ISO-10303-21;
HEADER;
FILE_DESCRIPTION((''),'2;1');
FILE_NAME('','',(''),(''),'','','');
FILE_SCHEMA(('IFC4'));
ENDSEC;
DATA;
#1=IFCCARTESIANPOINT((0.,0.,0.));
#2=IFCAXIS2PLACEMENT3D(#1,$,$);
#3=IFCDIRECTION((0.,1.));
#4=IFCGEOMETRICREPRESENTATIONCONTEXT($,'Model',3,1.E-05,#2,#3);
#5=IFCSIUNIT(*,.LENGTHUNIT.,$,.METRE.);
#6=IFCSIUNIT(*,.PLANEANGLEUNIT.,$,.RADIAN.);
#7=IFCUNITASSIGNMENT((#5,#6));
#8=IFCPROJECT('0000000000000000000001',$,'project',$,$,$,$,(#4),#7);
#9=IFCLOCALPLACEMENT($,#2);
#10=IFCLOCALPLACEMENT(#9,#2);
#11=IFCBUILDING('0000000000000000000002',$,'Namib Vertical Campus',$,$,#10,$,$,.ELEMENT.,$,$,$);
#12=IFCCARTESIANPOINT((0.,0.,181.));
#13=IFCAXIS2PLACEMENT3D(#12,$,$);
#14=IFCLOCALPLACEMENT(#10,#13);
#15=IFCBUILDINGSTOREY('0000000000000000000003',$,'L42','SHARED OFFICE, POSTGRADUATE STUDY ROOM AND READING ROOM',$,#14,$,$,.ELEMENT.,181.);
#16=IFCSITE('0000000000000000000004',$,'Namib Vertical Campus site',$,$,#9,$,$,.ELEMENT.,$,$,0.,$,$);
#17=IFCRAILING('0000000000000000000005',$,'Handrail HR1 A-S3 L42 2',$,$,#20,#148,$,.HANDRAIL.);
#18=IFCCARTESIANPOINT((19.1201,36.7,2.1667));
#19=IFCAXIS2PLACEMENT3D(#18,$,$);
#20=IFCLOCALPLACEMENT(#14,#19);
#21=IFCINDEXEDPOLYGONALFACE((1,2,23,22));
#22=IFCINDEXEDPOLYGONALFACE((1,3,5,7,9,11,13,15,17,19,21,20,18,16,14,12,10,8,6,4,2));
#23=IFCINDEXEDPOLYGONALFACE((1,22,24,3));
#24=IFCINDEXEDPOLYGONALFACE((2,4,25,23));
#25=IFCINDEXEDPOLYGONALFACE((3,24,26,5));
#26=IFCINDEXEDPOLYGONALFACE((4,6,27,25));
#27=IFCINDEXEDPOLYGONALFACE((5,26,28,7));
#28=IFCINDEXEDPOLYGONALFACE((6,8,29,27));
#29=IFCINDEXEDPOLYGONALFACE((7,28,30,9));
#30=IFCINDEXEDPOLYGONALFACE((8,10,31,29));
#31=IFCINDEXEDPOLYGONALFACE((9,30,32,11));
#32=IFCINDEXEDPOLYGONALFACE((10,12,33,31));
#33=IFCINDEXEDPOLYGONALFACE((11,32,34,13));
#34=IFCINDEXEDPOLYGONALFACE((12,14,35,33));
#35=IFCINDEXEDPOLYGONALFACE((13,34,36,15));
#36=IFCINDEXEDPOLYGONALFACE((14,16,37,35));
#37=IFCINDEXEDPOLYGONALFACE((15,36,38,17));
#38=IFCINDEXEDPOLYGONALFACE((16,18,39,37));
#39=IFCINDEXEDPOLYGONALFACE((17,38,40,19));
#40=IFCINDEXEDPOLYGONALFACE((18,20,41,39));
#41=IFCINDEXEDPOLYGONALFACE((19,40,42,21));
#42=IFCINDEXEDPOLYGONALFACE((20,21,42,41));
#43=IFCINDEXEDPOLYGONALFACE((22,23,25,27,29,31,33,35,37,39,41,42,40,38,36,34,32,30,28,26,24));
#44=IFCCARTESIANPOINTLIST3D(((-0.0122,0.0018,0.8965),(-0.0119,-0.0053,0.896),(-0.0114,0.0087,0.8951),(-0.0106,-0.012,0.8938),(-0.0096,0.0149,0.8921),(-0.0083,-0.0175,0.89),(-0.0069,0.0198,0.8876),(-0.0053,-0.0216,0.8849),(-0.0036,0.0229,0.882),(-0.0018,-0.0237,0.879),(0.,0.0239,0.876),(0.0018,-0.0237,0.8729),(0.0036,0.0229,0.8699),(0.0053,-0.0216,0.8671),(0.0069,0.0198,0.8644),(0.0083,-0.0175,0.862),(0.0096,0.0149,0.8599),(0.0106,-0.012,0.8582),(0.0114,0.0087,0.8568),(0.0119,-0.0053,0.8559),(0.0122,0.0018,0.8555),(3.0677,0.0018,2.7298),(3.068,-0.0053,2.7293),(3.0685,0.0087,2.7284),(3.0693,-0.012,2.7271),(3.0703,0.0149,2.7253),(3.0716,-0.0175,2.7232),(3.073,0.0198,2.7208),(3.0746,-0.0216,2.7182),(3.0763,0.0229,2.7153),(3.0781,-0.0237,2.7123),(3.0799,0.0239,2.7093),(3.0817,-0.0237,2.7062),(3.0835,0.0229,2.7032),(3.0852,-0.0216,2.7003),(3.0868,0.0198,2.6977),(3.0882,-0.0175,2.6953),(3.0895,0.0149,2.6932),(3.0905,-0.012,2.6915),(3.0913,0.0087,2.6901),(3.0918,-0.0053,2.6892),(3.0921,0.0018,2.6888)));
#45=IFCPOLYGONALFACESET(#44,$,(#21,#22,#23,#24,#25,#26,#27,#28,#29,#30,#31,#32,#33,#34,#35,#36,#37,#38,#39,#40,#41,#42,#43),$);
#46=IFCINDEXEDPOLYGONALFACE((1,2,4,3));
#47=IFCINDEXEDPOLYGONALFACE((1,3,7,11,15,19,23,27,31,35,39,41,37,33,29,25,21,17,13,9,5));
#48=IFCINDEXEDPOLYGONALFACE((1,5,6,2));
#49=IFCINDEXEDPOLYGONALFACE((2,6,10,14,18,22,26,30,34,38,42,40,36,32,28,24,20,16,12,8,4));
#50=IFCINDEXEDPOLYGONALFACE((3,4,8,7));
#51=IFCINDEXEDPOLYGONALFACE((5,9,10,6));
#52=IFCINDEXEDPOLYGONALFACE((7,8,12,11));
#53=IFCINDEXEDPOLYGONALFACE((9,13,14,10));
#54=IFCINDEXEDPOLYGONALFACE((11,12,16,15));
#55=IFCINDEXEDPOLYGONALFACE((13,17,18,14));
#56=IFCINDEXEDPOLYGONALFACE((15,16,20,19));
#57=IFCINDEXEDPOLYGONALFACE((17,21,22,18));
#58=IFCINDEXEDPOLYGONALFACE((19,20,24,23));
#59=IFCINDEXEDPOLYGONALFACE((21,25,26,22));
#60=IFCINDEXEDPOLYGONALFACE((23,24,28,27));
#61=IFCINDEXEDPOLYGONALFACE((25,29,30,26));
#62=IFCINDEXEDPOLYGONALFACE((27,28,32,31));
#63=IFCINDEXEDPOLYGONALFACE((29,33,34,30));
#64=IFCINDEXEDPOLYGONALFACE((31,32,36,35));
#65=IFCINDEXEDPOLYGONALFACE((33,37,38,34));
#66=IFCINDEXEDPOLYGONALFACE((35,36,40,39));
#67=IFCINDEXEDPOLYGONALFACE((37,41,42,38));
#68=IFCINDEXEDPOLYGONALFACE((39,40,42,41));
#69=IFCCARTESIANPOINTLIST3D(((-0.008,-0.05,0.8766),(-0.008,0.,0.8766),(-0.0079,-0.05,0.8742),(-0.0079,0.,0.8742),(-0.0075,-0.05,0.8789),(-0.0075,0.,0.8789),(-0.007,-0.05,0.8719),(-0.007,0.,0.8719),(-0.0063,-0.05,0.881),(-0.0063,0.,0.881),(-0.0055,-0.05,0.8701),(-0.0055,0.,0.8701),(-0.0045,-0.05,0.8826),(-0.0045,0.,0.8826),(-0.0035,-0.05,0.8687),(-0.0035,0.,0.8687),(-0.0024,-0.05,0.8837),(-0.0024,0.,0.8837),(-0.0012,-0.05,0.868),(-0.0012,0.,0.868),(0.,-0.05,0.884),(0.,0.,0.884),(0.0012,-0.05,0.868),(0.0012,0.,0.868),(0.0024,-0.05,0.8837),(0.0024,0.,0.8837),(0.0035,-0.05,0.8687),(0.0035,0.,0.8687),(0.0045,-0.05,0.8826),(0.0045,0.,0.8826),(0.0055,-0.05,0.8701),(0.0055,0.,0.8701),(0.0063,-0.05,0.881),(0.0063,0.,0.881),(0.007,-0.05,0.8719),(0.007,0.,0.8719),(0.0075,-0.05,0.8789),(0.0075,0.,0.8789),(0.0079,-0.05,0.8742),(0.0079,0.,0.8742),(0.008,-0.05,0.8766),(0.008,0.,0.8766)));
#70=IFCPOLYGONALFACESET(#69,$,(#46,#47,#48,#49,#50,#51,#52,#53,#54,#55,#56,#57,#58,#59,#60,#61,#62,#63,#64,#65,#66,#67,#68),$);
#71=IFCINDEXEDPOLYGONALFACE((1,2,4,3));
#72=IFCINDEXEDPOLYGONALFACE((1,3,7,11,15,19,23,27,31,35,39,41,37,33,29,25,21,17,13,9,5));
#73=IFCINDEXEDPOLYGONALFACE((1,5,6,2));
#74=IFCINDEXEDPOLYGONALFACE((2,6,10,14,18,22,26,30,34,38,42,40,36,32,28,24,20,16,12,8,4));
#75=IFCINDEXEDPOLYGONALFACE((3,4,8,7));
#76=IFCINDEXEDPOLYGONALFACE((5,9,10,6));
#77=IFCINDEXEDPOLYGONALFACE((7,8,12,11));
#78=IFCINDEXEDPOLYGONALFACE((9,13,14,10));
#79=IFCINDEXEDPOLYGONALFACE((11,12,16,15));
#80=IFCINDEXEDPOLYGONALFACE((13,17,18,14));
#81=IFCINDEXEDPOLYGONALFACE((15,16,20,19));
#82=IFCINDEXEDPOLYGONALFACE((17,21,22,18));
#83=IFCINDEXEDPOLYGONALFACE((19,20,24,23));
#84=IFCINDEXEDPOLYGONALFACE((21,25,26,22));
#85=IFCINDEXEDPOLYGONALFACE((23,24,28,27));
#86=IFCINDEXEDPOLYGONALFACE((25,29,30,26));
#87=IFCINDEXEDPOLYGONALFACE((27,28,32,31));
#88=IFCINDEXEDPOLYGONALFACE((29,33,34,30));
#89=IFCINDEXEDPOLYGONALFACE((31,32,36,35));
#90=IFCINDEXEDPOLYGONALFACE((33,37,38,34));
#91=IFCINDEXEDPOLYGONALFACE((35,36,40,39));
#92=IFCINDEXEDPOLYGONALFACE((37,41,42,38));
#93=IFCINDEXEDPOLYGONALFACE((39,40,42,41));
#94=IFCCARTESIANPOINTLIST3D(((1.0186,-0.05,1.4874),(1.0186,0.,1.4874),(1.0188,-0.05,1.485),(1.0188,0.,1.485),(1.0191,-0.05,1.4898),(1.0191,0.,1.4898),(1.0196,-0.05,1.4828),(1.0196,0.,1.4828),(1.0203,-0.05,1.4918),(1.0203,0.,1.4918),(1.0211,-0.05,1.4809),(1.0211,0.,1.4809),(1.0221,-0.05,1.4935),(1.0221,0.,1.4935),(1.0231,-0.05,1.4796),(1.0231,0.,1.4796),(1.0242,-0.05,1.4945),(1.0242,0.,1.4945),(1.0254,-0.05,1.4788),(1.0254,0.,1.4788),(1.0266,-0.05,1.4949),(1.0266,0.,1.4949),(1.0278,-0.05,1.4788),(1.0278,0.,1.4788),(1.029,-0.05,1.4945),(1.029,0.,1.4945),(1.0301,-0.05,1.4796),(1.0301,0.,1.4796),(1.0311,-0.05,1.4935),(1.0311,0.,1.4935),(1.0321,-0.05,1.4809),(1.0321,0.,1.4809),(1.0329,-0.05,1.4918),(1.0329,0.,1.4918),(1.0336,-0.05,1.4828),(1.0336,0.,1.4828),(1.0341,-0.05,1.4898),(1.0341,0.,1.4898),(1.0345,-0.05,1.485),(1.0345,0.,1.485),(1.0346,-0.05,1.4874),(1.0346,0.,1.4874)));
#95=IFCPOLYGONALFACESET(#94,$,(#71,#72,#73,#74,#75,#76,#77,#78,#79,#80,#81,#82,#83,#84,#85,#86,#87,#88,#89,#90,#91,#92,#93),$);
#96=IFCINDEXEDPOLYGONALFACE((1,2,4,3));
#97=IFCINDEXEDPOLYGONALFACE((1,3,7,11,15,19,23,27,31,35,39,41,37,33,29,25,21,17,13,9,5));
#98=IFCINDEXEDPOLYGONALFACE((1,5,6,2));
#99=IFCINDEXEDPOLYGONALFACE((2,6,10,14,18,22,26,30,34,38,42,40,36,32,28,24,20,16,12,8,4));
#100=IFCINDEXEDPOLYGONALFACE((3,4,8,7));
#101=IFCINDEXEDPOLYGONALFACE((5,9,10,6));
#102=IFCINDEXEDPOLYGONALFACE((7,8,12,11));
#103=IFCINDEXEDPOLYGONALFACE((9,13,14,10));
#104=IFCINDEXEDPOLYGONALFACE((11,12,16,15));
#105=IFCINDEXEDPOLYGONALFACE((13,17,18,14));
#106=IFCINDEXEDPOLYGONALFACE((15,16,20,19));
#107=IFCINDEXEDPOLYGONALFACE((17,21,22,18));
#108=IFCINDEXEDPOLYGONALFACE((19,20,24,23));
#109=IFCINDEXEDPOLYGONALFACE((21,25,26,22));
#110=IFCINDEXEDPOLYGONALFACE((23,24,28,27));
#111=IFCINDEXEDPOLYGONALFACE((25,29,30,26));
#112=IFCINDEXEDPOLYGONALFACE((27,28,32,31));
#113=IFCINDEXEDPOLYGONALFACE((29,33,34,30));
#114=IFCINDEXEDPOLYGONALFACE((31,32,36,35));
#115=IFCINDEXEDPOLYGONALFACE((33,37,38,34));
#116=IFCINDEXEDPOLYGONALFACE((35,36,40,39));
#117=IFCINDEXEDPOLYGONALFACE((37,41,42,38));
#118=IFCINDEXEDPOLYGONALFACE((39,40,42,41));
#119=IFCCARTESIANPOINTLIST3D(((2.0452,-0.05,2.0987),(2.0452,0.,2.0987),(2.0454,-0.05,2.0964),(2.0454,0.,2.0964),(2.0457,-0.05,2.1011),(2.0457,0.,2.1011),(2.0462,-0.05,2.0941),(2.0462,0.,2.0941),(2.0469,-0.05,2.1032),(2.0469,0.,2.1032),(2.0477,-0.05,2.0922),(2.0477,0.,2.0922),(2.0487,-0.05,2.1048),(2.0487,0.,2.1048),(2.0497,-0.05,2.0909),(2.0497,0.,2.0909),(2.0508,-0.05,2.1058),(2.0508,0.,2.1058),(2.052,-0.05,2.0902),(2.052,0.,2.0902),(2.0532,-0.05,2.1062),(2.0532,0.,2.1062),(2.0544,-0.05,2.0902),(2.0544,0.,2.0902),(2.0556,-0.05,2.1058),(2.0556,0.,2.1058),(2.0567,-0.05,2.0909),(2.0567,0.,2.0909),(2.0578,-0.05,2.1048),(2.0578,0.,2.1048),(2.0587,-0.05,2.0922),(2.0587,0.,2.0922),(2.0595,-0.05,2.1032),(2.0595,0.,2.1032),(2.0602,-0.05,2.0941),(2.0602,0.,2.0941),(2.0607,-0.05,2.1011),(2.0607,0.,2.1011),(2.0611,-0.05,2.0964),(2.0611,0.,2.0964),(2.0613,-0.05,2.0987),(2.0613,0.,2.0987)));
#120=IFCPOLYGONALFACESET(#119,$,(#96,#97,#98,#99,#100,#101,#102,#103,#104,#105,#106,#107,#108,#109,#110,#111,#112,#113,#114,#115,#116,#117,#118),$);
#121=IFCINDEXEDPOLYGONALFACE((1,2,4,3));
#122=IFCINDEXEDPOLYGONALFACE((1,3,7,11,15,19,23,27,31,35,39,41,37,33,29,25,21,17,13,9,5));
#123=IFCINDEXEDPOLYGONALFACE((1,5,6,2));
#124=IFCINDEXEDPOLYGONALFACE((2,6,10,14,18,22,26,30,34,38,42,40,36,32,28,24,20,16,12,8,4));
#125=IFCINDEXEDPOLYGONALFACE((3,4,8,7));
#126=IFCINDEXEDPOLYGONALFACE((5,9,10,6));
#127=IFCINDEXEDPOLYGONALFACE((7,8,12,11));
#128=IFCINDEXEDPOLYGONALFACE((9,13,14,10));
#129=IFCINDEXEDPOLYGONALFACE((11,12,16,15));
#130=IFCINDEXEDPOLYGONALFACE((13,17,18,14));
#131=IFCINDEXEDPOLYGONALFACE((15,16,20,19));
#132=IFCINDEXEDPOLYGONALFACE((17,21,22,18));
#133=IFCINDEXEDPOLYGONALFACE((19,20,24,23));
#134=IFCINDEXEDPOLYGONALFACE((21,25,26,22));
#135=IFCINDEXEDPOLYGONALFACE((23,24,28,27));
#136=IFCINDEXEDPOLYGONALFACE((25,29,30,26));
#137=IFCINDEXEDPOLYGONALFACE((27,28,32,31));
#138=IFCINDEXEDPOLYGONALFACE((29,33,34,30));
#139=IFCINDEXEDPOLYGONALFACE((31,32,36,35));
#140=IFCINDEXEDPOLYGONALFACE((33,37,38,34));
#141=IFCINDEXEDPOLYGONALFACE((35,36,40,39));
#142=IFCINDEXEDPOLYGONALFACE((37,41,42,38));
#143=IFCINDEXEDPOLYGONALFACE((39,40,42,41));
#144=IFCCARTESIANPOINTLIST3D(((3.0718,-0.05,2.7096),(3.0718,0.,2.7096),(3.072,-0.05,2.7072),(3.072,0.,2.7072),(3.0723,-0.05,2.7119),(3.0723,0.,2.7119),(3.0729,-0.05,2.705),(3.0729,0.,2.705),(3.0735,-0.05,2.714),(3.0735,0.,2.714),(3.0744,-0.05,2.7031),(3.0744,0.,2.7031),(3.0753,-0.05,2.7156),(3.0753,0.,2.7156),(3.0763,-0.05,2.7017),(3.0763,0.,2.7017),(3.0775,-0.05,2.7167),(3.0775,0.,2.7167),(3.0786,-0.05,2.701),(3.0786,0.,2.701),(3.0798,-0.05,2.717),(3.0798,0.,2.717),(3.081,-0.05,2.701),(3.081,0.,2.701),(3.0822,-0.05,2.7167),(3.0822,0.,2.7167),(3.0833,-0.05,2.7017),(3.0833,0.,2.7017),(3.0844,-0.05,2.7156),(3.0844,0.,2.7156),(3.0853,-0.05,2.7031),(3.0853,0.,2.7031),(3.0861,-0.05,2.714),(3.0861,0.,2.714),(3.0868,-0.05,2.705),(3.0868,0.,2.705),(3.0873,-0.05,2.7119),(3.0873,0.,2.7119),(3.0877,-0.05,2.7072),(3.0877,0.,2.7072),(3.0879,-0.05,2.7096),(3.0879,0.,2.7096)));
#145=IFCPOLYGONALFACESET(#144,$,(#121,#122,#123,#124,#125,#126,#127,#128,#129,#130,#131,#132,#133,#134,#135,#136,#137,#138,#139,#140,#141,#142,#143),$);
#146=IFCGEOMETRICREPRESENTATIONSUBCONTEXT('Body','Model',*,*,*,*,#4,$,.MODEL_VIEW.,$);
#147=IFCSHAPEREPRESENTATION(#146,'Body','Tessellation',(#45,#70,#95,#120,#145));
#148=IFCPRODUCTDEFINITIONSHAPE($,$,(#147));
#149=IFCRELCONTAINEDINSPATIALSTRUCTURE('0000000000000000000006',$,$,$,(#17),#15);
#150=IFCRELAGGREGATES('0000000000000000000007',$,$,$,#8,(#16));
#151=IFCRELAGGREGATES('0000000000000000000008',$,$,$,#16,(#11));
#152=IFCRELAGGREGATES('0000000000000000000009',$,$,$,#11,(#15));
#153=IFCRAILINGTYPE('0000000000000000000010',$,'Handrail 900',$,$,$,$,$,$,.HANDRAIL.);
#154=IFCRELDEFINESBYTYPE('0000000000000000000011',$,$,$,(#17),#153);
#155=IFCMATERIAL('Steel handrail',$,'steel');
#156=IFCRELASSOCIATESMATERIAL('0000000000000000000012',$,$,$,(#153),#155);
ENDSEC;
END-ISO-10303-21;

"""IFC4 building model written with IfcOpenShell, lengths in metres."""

from ifc_helpers import new_model, si_unit, direction, frame, origin, origin_2d, place, context, subcontext, project, spatial, circle, extrude, material, type_object, element, save


model = new_model("IFC4")

# Units and contexts
model_context = context("Model", 3, precision=1e-05, world=origin(), true_north=direction((0.0, 1.0)))
body_context = subcontext(model_context, "Body", "Model", "MODEL_VIEW")
ifc_project = project(units=[si_unit("LENGTHUNIT", "METRE"), si_unit("PLANEANGLEUNIT", "RADIAN")], contexts=[model_context])

# Site, building, storey
site_placement = place(None, origin())
site = spatial("IfcSite", under=ifc_project, at=site_placement, Name="Namib Vertical Campus site", CompositionType="ELEMENT", RefElevation=0.0)
building_placement = place(site_placement, origin())
building = spatial("IfcBuilding", under=site, at=building_placement, Name="Namib Vertical Campus", CompositionType="ELEMENT")
storey_placement = place(building_placement, frame((0.0, 0.0, 181.0)))
storey = spatial("IfcBuildingStorey", under=building, at=storey_placement, Name="L42", Description="SHARED OFFICE, POSTGRADUATE STUDY ROOM AND READING ROOM", CompositionType="ELEMENT", Elevation=181.0)

# Railing
ifc_material_1 = material(Name="Steel handrail", Category="steel")
railing_type_1 = type_object("IfcRailingType", Name="Handrail 900", PredefinedType="HANDRAIL", material=ifc_material_1)
railing_1_placement = place(storey_placement, frame((19.1201, 36.7, 2.1667)))
element("IfcRailing", 1, at=railing_1_placement, inside=storey, type_object=railing_type_1, Name="Handrail HR1 A-S3 L42 2", PredefinedType="HANDRAIL", context=body_context, shape_type="SweptSolid", body=[
    extrude(circle(Radius=0.0239, at=origin_2d()), frame((0.0, 0.0, 0.876), z_axis=(0.859291, 0.0, 0.511487), x_axis=(0.0, 1.0, 0.0)), (0.0, 0.0, 1.0), 3.5842),
    extrude(circle(Radius=0.0081, at=origin_2d()), frame((0.0, 0.0, 0.876), z_axis=(0.0, -1.0, 0.0), x_axis=(0.0, 0.0, 1.0)), (0.0, 0.0, 1.0), 0.05),
    extrude(circle(Radius=0.0081, at=origin_2d()), frame((1.0266, 0.0, 1.4868), z_axis=(0.0, -1.0, 0.0), x_axis=(0.0, 0.0, 1.0)), (0.0, 0.0, 1.0), 0.05),
    extrude(circle(Radius=0.0081, at=origin_2d()), frame((2.0532, 0.0, 2.0981), z_axis=(0.0, -1.0, 0.0), x_axis=(0.0, 0.0, 1.0)), (0.0, 0.0, 1.0), 0.05),
    extrude(circle(Radius=0.0081, at=origin_2d()), frame((3.0798, 0.0, 2.709), z_axis=(0.0, -1.0, 0.0), x_axis=(0.0, 0.0, 1.0)), (0.0, 0.0, 1.0), 0.05),
])

save(model, "model.ifc")
